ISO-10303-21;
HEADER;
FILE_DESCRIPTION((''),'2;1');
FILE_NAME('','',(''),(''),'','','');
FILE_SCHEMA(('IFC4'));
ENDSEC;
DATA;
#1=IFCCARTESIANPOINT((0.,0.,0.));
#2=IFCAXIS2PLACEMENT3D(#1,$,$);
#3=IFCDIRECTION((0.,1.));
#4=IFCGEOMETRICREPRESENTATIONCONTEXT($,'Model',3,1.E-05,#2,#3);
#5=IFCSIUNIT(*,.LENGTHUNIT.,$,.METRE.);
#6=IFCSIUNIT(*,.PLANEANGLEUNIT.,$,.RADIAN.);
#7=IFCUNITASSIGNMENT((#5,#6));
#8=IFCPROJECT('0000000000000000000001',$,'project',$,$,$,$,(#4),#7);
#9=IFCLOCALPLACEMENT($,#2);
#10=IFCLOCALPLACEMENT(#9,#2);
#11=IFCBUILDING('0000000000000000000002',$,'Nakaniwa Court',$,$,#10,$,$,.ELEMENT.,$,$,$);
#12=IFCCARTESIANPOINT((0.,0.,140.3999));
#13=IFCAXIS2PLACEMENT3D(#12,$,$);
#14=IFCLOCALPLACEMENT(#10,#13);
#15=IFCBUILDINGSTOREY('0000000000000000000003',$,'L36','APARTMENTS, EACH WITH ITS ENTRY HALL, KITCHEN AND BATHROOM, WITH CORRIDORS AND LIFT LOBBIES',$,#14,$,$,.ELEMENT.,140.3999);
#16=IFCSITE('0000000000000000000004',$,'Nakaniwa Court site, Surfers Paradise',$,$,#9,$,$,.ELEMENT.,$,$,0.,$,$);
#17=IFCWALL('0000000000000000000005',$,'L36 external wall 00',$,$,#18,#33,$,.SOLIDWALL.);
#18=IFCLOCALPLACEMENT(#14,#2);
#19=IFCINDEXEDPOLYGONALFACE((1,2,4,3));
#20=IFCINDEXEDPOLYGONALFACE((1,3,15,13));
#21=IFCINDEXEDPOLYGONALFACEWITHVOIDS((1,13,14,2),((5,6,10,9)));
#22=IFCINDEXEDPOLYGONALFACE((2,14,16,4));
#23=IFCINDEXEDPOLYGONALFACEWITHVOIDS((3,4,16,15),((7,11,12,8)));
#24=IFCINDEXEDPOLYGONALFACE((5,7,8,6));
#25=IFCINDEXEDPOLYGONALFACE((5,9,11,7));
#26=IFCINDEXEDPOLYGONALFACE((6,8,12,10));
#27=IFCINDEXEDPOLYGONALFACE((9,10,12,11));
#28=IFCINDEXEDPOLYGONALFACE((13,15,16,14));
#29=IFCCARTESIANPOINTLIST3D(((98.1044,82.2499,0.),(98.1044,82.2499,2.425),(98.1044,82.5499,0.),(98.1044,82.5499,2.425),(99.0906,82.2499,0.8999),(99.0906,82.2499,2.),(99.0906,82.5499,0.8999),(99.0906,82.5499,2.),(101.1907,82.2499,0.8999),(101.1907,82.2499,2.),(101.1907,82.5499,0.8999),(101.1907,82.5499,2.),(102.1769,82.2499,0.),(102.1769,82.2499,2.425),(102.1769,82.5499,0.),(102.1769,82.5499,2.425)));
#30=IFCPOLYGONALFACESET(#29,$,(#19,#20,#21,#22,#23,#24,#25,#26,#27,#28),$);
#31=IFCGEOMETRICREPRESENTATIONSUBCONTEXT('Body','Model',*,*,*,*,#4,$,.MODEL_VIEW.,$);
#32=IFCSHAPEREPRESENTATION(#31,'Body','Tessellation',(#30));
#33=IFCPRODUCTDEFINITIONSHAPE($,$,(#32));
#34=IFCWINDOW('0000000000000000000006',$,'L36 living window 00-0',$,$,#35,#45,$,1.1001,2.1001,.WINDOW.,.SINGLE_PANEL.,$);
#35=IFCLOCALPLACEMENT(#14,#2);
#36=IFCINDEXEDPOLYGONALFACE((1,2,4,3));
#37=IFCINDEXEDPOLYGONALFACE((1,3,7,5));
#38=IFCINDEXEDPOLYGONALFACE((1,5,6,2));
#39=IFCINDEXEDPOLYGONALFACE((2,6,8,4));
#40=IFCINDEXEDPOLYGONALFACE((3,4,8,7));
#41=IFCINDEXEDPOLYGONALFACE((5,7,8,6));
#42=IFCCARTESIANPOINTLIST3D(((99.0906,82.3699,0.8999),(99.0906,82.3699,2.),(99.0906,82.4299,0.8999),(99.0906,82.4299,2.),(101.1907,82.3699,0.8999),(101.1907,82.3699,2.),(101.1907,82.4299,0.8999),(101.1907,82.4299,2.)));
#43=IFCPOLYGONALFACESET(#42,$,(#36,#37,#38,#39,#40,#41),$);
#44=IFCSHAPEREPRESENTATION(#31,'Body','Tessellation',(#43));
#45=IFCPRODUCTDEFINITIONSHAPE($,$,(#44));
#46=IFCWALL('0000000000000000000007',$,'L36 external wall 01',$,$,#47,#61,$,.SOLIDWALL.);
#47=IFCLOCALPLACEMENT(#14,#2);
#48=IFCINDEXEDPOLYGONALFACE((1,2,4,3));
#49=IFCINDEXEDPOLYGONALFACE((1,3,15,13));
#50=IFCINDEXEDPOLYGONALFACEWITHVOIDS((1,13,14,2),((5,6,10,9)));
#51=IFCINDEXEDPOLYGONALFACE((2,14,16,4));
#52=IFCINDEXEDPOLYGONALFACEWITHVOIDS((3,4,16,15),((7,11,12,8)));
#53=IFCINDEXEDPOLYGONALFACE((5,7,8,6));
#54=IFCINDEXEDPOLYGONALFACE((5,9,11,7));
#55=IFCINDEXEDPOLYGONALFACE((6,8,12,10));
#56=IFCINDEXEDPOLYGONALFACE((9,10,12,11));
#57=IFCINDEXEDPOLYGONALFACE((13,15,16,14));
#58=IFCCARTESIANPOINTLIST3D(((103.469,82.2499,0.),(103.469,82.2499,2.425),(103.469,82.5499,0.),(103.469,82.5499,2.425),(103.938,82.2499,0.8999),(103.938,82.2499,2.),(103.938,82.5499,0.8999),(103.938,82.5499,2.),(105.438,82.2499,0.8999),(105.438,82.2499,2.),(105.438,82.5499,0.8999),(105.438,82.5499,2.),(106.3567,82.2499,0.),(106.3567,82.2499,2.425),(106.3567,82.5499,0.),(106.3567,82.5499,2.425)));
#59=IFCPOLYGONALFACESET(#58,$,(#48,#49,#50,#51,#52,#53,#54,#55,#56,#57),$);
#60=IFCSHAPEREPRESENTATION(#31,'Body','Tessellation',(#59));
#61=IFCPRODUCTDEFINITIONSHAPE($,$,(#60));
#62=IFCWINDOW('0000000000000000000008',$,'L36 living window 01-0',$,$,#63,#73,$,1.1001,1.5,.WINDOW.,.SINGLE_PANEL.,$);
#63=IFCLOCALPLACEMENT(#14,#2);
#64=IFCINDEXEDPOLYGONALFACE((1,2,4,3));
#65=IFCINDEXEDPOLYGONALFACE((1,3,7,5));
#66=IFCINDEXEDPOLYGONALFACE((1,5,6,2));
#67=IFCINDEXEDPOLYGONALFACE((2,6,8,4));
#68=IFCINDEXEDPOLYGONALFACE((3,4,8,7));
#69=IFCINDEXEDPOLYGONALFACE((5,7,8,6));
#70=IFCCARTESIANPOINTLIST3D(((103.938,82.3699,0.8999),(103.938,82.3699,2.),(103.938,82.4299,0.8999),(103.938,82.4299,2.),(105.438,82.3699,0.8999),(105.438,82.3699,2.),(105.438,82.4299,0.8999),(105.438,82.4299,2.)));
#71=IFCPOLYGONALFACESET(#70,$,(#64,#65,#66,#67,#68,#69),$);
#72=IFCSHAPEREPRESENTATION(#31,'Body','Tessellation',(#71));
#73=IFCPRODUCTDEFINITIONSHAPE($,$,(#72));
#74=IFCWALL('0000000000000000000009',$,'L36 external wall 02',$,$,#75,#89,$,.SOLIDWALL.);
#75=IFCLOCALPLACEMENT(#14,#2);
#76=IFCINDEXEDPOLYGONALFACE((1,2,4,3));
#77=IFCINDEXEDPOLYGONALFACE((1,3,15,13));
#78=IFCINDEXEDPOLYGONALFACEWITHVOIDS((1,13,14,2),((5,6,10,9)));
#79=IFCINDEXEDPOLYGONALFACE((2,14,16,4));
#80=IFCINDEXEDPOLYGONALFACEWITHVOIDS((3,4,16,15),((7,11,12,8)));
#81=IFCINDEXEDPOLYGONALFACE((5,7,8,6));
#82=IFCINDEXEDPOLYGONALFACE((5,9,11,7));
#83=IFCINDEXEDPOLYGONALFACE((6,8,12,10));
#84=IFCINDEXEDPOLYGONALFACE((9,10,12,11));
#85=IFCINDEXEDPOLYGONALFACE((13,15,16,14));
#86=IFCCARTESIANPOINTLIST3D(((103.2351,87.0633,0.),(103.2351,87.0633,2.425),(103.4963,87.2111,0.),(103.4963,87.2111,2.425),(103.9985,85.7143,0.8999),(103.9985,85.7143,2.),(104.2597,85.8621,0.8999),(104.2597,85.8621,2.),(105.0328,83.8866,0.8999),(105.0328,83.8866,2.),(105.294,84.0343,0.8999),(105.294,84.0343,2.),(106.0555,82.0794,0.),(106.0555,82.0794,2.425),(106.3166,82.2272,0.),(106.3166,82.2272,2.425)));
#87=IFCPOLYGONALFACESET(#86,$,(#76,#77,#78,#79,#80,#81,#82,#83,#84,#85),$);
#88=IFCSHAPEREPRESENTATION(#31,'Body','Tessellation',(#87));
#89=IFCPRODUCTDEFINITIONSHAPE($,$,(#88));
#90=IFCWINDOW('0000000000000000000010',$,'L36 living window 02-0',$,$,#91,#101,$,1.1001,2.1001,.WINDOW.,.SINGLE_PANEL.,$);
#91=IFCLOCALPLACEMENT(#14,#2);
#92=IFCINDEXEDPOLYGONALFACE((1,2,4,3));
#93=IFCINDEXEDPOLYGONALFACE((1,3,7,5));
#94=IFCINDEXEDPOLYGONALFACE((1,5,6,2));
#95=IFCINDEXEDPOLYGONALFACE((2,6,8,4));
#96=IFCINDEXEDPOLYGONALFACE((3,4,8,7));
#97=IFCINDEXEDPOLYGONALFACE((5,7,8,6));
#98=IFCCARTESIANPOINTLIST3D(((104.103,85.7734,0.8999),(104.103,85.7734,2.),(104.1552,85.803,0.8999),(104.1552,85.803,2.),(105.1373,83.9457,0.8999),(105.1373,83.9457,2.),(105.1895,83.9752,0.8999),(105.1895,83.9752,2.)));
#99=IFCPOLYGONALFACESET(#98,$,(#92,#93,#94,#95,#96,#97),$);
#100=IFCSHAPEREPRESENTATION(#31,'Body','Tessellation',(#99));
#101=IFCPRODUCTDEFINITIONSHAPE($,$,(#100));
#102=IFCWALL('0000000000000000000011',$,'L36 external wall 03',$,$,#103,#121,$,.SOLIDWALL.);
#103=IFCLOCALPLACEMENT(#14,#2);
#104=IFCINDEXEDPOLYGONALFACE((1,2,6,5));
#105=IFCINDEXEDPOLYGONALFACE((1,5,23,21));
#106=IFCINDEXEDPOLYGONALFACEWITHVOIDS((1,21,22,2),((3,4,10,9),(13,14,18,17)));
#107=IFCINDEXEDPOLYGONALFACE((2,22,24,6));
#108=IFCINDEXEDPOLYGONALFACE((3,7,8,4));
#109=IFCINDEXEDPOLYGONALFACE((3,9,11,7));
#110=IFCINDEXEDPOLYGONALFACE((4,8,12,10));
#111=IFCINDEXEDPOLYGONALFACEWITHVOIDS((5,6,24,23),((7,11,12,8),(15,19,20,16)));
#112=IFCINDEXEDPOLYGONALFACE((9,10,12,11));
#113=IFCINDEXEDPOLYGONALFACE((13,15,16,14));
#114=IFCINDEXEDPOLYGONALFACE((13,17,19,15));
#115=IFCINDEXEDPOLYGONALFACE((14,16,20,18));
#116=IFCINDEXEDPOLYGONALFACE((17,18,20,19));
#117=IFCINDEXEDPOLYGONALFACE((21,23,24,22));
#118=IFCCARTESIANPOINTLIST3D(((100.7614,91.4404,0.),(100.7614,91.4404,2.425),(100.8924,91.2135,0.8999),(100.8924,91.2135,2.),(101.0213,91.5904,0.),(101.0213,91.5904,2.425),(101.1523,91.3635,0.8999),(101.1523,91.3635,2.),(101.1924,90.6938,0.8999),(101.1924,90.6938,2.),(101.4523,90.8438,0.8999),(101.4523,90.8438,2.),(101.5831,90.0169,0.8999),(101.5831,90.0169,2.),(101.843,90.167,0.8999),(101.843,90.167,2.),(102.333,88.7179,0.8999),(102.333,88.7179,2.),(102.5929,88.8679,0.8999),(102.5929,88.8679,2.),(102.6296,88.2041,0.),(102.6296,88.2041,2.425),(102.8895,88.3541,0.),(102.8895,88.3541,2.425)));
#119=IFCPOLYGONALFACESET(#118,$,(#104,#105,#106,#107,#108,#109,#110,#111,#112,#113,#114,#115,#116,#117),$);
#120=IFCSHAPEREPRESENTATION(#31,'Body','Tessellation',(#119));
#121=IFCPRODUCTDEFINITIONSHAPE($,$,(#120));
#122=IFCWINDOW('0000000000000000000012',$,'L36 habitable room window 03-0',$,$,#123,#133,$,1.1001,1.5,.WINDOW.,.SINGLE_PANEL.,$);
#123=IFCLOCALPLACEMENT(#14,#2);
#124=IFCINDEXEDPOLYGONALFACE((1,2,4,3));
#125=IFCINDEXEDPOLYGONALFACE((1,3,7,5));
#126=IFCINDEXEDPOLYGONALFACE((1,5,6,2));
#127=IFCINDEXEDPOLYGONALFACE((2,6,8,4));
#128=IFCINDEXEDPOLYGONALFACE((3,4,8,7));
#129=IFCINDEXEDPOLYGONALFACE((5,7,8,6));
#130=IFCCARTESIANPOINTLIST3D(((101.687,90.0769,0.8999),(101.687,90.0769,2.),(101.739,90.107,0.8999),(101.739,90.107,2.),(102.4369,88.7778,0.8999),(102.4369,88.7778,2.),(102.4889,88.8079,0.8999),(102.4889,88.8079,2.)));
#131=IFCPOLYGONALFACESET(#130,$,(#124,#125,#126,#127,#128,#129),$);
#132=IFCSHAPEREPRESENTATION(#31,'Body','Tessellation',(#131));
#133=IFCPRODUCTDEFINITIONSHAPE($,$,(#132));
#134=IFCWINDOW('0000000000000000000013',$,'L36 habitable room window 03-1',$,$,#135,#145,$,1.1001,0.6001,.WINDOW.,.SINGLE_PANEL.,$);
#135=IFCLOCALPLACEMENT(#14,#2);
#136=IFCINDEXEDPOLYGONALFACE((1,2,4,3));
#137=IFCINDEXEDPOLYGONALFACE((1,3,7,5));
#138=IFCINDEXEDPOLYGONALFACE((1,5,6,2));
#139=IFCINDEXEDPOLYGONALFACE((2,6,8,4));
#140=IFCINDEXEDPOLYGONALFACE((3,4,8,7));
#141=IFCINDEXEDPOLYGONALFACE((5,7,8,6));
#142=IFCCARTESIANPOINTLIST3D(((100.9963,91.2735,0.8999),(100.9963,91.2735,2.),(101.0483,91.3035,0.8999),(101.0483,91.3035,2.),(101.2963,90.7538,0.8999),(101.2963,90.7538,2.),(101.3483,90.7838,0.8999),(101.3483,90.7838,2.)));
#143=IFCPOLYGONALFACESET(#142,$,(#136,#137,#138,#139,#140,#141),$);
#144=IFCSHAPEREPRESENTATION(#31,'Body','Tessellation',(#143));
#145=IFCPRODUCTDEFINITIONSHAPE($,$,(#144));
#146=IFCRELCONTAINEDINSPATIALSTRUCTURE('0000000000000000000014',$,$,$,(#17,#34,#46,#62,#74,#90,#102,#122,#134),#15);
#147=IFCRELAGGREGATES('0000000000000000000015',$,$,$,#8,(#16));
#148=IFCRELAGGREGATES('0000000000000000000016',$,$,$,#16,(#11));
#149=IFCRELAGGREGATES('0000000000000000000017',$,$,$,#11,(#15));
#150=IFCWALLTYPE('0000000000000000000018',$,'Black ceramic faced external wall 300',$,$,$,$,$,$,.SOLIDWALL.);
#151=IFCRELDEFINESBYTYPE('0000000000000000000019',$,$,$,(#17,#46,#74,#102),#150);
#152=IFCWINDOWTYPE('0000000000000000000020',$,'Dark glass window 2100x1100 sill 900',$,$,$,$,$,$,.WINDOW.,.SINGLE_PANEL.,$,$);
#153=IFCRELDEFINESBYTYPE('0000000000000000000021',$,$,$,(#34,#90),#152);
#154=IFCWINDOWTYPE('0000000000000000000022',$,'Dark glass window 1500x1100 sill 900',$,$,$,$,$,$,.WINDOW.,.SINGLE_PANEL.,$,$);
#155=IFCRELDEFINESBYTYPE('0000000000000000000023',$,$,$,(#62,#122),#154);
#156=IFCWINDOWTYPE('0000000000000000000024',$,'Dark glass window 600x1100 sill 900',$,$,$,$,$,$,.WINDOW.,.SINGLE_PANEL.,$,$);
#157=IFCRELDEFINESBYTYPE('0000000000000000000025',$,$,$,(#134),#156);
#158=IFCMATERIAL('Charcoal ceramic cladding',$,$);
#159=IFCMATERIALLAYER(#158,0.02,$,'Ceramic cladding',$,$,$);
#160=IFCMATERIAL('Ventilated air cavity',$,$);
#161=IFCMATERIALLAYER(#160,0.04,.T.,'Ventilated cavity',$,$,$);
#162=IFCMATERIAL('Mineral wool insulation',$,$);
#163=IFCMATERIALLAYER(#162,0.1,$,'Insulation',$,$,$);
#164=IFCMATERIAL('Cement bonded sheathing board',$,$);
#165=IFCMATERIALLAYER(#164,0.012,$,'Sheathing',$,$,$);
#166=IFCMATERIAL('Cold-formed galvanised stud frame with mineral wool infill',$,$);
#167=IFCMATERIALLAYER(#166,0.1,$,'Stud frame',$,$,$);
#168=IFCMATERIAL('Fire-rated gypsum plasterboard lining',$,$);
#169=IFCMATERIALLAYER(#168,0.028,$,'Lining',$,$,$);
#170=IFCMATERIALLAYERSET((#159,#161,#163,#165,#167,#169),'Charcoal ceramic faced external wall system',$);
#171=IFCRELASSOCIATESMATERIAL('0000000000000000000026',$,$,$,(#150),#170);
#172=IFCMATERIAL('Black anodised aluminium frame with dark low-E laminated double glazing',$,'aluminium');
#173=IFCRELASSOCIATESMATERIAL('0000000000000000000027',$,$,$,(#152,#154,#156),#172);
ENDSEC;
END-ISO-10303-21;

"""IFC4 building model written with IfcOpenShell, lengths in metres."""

from ifc_helpers import new_model, si_unit, direction, frame, frame_2d, origin, place, context, subcontext, project, spatial, rectangle, extrude, material, layer, layer_set, type_object, element, fill, save


model = new_model("IFC4")

# Units and contexts
model_context = context("Model", 3, precision=1e-05, world=origin(), true_north=direction((0.0, 1.0)))
body_context = subcontext(model_context, "Body", "Model", "MODEL_VIEW")
ifc_project = project(units=[si_unit("LENGTHUNIT", "METRE"), si_unit("PLANEANGLEUNIT", "RADIAN")], contexts=[model_context])

# Site, building, storey
site_placement = place(None, origin())
site = spatial("IfcSite", under=ifc_project, at=site_placement, Name="Nakaniwa Court site, Surfers Paradise", CompositionType="ELEMENT", RefElevation=0.0)
building_placement = place(site_placement, origin())
building = spatial("IfcBuilding", under=site, at=building_placement, Name="Nakaniwa Court", CompositionType="ELEMENT")
storey_placement = place(building_placement, frame((0.0, 0.0, 140.3999)))
storey = spatial("IfcBuildingStorey", under=building, at=storey_placement, Name="L36", Description="APARTMENTS, EACH WITH ITS ENTRY HALL, KITCHEN AND BATHROOM, WITH CORRIDORS AND LIFT LOBBIES", CompositionType="ELEMENT", Elevation=140.3999)

# Walls, openings, windows
ifc_material_1 = material(Name="Charcoal ceramic cladding")
ifc_layer_1 = layer(ifc_material_1, 0.02, Name="Ceramic cladding")
ifc_material_2 = material(Name="Ventilated air cavity")
ifc_layer_2 = layer(ifc_material_2, 0.04, ventilated=True, Name="Ventilated cavity")
ifc_material_3 = material(Name="Mineral wool insulation")
ifc_layer_3 = layer(ifc_material_3, 0.1, Name="Insulation")
ifc_material_4 = material(Name="Cement bonded sheathing board")
ifc_layer_4 = layer(ifc_material_4, 0.012, Name="Sheathing")
ifc_material_5 = material(Name="Cold-formed galvanised stud frame with mineral wool infill")
ifc_layer_5 = layer(ifc_material_5, 0.1, Name="Stud frame")
ifc_material_6 = material(Name="Fire-rated gypsum plasterboard lining")
ifc_layer_6 = layer(ifc_material_6, 0.028, Name="Lining")
ifc_layer_set_1 = layer_set([ifc_layer_1, ifc_layer_2, ifc_layer_3, ifc_layer_4, ifc_layer_5, ifc_layer_6], Name="Charcoal ceramic faced external wall system")
wall_type_1 = type_object("IfcWallType", Name="Black ceramic faced external wall 300", PredefinedType="SOLIDWALL", material=ifc_layer_set_1)
wall_1_placement = place(storey_placement, frame((98.1045, 82.3999, 0.0), z_axis=(0.0, 0.0, 1.0), x_axis=(1.0, 0.0, 0.0)))
wall_1 = element("IfcWall", 1, at=wall_1_placement, inside=storey, type_object=wall_type_1, Name="L36 external wall 00", PredefinedType="SOLIDWALL", context=body_context, shape_type="SweptSolid", body=[
    extrude(rectangle(XDim=4.0725, YDim=0.3, at=frame_2d((2.0361, 0.0))), origin(), (0.0, 0.0, 1.0), 2.425),
])
opening_1_placement = place(wall_1_placement, frame((0.9861, 0.0, 0.8999)))
opening_1 = element("IfcOpeningElement", 2, at=opening_1_placement, cuts=wall_1, PredefinedType="OPENING", context=body_context, shape_type="SweptSolid", body=[
    extrude(rectangle(XDim=2.1001, YDim=1.1001, at=frame_2d((1.05, 0.55))), frame((0.0, 0.1599, 0.0), z_axis=(0.0, -1.0, 0.0), x_axis=(1.0, 0.0, 0.0)), (0.0, 0.0, 1.0), 0.3201),
])
ifc_material_7 = material(Name="Black anodised aluminium frame with dark low-E laminated double glazing", Category="aluminium")
window_type_1 = type_object("IfcWindowType", Name="Dark glass window 2100x1100 sill 900", PartitioningType="SINGLE_PANEL", PredefinedType="WINDOW", material=ifc_material_7)
window_1_placement = place(opening_1_placement, origin())
window_1 = element("IfcWindow", 3, at=window_1_placement, inside=storey, type_object=window_type_1, Name="L36 living window 00-0", OverallHeight=1.1001, OverallWidth=2.1001, PartitioningType="SINGLE_PANEL", PredefinedType="WINDOW", context=body_context, shape_type="SweptSolid", body=[
    extrude(rectangle(XDim=2.1001, YDim=1.1001, at=frame_2d((1.05, 0.55))), frame((0.0, 0.03, 0.0), z_axis=(0.0, -1.0, 0.0), x_axis=(1.0, 0.0, 0.0)), (0.0, 0.0, 1.0), 0.0601),
])
fill(opening_1, window_1)
wall_2_placement = place(storey_placement, frame((103.469, 82.3999, 0.0), z_axis=(0.0, 0.0, 1.0), x_axis=(1.0, 0.0, 0.0)))
wall_2 = element("IfcWall", 4, at=wall_2_placement, inside=storey, type_object=wall_type_1, Name="L36 external wall 01", PredefinedType="SOLIDWALL", context=body_context, shape_type="SweptSolid", body=[
    extrude(rectangle(XDim=2.8877, YDim=0.3, at=frame_2d((1.4438, 0.0))), origin(), (0.0, 0.0, 1.0), 2.425),
])
opening_2_placement = place(wall_2_placement, frame((0.469, 0.0, 0.8999)))
opening_2 = element("IfcOpeningElement", 5, at=opening_2_placement, cuts=wall_2, PredefinedType="OPENING", context=body_context, shape_type="SweptSolid", body=[
    extrude(rectangle(XDim=1.5, YDim=1.1001, at=frame_2d((0.75, 0.55))), frame((0.0, 0.1599, 0.0), z_axis=(0.0, -1.0, 0.0), x_axis=(1.0, 0.0, 0.0)), (0.0, 0.0, 1.0), 0.3201),
])
window_type_2 = type_object("IfcWindowType", Name="Dark glass window 1500x1100 sill 900", PartitioningType="SINGLE_PANEL", PredefinedType="WINDOW", material=ifc_material_7)
window_2_placement = place(opening_2_placement, origin())
window_2 = element("IfcWindow", 6, at=window_2_placement, inside=storey, type_object=window_type_2, Name="L36 living window 01-0", OverallHeight=1.1001, OverallWidth=1.5, PartitioningType="SINGLE_PANEL", PredefinedType="WINDOW", context=body_context, shape_type="SweptSolid", body=[
    extrude(rectangle(XDim=1.5, YDim=1.1001, at=frame_2d((0.75, 0.55))), frame((0.0, 0.03, 0.0), z_axis=(0.0, -1.0, 0.0), x_axis=(1.0, 0.0, 0.0)), (0.0, 0.0, 1.0), 0.0601),
])
fill(opening_2, window_2)
wall_3_placement = place(storey_placement, frame((106.186, 82.1533, 0.0), z_axis=(0.0, 0.0, 1.0), x_axis=(-0.492498, 0.870313, 0.0)))
wall_3 = element("IfcWall", 7, at=wall_3_placement, inside=storey, type_object=wall_type_1, Name="L36 external wall 02", PredefinedType="SOLIDWALL", context=body_context, shape_type="SweptSolid", body=[
    extrude(rectangle(XDim=5.7266, YDim=0.3, at=frame_2d((2.8633, 0.0))), origin(), (0.0, 0.0, 1.0), 2.425),
])
opening_3_placement = place(wall_3_placement, frame((2.0764, 0.0, 0.8999)))
opening_3 = element("IfcOpeningElement", 8, at=opening_3_placement, cuts=wall_3, PredefinedType="OPENING", context=body_context, shape_type="SweptSolid", body=[
    extrude(rectangle(XDim=2.1001, YDim=1.1001, at=frame_2d((1.05, 0.55))), frame((0.0, 0.1599, 0.0), z_axis=(0.0, -1.0, 0.0), x_axis=(1.0, 0.0, 0.0)), (0.0, 0.0, 1.0), 0.3201),
])
window_3_placement = place(opening_3_placement, origin())
window_3 = element("IfcWindow", 9, at=window_3_placement, inside=storey, type_object=window_type_1, Name="L36 living window 02-0", OverallHeight=1.1001, OverallWidth=2.1001, PartitioningType="SINGLE_PANEL", PredefinedType="WINDOW", context=body_context, shape_type="SweptSolid", body=[
    extrude(rectangle(XDim=2.1001, YDim=1.1001, at=frame_2d((1.05, 0.55))), frame((0.0, 0.03, 0.0), z_axis=(0.0, -1.0, 0.0), x_axis=(1.0, 0.0, 0.0)), (0.0, 0.0, 1.0), 0.0601),
])
fill(opening_3, window_3)

# Wall, openings, windows
wall_4_placement = place(storey_placement, frame((102.7595, 88.2791, 0.0), z_axis=(0.0, 0.0, 1.0), x_axis=(-0.499934, 0.866064, 0.0)))
wall_4 = element("IfcWall", 10, at=wall_4_placement, inside=storey, type_object=wall_type_1, Name="L36 external wall 03", PredefinedType="SOLIDWALL", context=body_context, shape_type="SweptSolid", body=[
    extrude(rectangle(XDim=3.7368, YDim=0.3, at=frame_2d((1.8684, 0.0))), origin(), (0.0, 0.0, 1.0), 2.425),
])
opening_4_placement = place(wall_4_placement, frame((0.5933, 0.0, 0.8999)))
opening_4 = element("IfcOpeningElement", 11, at=opening_4_placement, cuts=wall_4, PredefinedType="OPENING", context=body_context, shape_type="SweptSolid", body=[
    extrude(rectangle(XDim=1.5, YDim=1.1001, at=frame_2d((0.75, 0.55))), frame((0.0, 0.1599, 0.0), z_axis=(0.0, -1.0, 0.0), x_axis=(1.0, 0.0, 0.0)), (0.0, 0.0, 1.0), 0.3201),
])
opening_5_placement = place(wall_4_placement, frame((2.8748, 0.0, 0.8999)))
opening_5 = element("IfcOpeningElement", 12, at=opening_5_placement, cuts=wall_4, PredefinedType="OPENING", context=body_context, shape_type="SweptSolid", body=[
    extrude(rectangle(XDim=0.6001, YDim=1.1001, at=frame_2d((0.3, 0.55))), frame((0.0, 0.1599, 0.0), z_axis=(0.0, -1.0, 0.0), x_axis=(1.0, 0.0, 0.0)), (0.0, 0.0, 1.0), 0.3201),
])
window_4_placement = place(opening_4_placement, origin())
window_4 = element("IfcWindow", 13, at=window_4_placement, inside=storey, type_object=window_type_2, Name="L36 habitable room window 03-0", OverallHeight=1.1001, OverallWidth=1.5, PartitioningType="SINGLE_PANEL", PredefinedType="WINDOW", context=body_context, shape_type="SweptSolid", body=[
    extrude(rectangle(XDim=1.5, YDim=1.1001, at=frame_2d((0.75, 0.55))), frame((0.0, 0.03, 0.0), z_axis=(0.0, -1.0, 0.0), x_axis=(1.0, 0.0, 0.0)), (0.0, 0.0, 1.0), 0.0601),
])
fill(opening_4, window_4)
window_type_3 = type_object("IfcWindowType", Name="Dark glass window 600x1100 sill 900", PartitioningType="SINGLE_PANEL", PredefinedType="WINDOW", material=ifc_material_7)
window_5_placement = place(opening_5_placement, origin())
window_5 = element("IfcWindow", 14, at=window_5_placement, inside=storey, type_object=window_type_3, Name="L36 habitable room window 03-1", OverallHeight=1.1001, OverallWidth=0.6001, PartitioningType="SINGLE_PANEL", PredefinedType="WINDOW", context=body_context, shape_type="SweptSolid", body=[
    extrude(rectangle(XDim=0.6001, YDim=1.1001, at=frame_2d((0.3, 0.55))), frame((0.0, 0.03, 0.0), z_axis=(0.0, -1.0, 0.0), x_axis=(1.0, 0.0, 0.0)), (0.0, 0.0, 1.0), 0.0601),
])
fill(opening_5, window_5)

save(model, "model.ifc")
